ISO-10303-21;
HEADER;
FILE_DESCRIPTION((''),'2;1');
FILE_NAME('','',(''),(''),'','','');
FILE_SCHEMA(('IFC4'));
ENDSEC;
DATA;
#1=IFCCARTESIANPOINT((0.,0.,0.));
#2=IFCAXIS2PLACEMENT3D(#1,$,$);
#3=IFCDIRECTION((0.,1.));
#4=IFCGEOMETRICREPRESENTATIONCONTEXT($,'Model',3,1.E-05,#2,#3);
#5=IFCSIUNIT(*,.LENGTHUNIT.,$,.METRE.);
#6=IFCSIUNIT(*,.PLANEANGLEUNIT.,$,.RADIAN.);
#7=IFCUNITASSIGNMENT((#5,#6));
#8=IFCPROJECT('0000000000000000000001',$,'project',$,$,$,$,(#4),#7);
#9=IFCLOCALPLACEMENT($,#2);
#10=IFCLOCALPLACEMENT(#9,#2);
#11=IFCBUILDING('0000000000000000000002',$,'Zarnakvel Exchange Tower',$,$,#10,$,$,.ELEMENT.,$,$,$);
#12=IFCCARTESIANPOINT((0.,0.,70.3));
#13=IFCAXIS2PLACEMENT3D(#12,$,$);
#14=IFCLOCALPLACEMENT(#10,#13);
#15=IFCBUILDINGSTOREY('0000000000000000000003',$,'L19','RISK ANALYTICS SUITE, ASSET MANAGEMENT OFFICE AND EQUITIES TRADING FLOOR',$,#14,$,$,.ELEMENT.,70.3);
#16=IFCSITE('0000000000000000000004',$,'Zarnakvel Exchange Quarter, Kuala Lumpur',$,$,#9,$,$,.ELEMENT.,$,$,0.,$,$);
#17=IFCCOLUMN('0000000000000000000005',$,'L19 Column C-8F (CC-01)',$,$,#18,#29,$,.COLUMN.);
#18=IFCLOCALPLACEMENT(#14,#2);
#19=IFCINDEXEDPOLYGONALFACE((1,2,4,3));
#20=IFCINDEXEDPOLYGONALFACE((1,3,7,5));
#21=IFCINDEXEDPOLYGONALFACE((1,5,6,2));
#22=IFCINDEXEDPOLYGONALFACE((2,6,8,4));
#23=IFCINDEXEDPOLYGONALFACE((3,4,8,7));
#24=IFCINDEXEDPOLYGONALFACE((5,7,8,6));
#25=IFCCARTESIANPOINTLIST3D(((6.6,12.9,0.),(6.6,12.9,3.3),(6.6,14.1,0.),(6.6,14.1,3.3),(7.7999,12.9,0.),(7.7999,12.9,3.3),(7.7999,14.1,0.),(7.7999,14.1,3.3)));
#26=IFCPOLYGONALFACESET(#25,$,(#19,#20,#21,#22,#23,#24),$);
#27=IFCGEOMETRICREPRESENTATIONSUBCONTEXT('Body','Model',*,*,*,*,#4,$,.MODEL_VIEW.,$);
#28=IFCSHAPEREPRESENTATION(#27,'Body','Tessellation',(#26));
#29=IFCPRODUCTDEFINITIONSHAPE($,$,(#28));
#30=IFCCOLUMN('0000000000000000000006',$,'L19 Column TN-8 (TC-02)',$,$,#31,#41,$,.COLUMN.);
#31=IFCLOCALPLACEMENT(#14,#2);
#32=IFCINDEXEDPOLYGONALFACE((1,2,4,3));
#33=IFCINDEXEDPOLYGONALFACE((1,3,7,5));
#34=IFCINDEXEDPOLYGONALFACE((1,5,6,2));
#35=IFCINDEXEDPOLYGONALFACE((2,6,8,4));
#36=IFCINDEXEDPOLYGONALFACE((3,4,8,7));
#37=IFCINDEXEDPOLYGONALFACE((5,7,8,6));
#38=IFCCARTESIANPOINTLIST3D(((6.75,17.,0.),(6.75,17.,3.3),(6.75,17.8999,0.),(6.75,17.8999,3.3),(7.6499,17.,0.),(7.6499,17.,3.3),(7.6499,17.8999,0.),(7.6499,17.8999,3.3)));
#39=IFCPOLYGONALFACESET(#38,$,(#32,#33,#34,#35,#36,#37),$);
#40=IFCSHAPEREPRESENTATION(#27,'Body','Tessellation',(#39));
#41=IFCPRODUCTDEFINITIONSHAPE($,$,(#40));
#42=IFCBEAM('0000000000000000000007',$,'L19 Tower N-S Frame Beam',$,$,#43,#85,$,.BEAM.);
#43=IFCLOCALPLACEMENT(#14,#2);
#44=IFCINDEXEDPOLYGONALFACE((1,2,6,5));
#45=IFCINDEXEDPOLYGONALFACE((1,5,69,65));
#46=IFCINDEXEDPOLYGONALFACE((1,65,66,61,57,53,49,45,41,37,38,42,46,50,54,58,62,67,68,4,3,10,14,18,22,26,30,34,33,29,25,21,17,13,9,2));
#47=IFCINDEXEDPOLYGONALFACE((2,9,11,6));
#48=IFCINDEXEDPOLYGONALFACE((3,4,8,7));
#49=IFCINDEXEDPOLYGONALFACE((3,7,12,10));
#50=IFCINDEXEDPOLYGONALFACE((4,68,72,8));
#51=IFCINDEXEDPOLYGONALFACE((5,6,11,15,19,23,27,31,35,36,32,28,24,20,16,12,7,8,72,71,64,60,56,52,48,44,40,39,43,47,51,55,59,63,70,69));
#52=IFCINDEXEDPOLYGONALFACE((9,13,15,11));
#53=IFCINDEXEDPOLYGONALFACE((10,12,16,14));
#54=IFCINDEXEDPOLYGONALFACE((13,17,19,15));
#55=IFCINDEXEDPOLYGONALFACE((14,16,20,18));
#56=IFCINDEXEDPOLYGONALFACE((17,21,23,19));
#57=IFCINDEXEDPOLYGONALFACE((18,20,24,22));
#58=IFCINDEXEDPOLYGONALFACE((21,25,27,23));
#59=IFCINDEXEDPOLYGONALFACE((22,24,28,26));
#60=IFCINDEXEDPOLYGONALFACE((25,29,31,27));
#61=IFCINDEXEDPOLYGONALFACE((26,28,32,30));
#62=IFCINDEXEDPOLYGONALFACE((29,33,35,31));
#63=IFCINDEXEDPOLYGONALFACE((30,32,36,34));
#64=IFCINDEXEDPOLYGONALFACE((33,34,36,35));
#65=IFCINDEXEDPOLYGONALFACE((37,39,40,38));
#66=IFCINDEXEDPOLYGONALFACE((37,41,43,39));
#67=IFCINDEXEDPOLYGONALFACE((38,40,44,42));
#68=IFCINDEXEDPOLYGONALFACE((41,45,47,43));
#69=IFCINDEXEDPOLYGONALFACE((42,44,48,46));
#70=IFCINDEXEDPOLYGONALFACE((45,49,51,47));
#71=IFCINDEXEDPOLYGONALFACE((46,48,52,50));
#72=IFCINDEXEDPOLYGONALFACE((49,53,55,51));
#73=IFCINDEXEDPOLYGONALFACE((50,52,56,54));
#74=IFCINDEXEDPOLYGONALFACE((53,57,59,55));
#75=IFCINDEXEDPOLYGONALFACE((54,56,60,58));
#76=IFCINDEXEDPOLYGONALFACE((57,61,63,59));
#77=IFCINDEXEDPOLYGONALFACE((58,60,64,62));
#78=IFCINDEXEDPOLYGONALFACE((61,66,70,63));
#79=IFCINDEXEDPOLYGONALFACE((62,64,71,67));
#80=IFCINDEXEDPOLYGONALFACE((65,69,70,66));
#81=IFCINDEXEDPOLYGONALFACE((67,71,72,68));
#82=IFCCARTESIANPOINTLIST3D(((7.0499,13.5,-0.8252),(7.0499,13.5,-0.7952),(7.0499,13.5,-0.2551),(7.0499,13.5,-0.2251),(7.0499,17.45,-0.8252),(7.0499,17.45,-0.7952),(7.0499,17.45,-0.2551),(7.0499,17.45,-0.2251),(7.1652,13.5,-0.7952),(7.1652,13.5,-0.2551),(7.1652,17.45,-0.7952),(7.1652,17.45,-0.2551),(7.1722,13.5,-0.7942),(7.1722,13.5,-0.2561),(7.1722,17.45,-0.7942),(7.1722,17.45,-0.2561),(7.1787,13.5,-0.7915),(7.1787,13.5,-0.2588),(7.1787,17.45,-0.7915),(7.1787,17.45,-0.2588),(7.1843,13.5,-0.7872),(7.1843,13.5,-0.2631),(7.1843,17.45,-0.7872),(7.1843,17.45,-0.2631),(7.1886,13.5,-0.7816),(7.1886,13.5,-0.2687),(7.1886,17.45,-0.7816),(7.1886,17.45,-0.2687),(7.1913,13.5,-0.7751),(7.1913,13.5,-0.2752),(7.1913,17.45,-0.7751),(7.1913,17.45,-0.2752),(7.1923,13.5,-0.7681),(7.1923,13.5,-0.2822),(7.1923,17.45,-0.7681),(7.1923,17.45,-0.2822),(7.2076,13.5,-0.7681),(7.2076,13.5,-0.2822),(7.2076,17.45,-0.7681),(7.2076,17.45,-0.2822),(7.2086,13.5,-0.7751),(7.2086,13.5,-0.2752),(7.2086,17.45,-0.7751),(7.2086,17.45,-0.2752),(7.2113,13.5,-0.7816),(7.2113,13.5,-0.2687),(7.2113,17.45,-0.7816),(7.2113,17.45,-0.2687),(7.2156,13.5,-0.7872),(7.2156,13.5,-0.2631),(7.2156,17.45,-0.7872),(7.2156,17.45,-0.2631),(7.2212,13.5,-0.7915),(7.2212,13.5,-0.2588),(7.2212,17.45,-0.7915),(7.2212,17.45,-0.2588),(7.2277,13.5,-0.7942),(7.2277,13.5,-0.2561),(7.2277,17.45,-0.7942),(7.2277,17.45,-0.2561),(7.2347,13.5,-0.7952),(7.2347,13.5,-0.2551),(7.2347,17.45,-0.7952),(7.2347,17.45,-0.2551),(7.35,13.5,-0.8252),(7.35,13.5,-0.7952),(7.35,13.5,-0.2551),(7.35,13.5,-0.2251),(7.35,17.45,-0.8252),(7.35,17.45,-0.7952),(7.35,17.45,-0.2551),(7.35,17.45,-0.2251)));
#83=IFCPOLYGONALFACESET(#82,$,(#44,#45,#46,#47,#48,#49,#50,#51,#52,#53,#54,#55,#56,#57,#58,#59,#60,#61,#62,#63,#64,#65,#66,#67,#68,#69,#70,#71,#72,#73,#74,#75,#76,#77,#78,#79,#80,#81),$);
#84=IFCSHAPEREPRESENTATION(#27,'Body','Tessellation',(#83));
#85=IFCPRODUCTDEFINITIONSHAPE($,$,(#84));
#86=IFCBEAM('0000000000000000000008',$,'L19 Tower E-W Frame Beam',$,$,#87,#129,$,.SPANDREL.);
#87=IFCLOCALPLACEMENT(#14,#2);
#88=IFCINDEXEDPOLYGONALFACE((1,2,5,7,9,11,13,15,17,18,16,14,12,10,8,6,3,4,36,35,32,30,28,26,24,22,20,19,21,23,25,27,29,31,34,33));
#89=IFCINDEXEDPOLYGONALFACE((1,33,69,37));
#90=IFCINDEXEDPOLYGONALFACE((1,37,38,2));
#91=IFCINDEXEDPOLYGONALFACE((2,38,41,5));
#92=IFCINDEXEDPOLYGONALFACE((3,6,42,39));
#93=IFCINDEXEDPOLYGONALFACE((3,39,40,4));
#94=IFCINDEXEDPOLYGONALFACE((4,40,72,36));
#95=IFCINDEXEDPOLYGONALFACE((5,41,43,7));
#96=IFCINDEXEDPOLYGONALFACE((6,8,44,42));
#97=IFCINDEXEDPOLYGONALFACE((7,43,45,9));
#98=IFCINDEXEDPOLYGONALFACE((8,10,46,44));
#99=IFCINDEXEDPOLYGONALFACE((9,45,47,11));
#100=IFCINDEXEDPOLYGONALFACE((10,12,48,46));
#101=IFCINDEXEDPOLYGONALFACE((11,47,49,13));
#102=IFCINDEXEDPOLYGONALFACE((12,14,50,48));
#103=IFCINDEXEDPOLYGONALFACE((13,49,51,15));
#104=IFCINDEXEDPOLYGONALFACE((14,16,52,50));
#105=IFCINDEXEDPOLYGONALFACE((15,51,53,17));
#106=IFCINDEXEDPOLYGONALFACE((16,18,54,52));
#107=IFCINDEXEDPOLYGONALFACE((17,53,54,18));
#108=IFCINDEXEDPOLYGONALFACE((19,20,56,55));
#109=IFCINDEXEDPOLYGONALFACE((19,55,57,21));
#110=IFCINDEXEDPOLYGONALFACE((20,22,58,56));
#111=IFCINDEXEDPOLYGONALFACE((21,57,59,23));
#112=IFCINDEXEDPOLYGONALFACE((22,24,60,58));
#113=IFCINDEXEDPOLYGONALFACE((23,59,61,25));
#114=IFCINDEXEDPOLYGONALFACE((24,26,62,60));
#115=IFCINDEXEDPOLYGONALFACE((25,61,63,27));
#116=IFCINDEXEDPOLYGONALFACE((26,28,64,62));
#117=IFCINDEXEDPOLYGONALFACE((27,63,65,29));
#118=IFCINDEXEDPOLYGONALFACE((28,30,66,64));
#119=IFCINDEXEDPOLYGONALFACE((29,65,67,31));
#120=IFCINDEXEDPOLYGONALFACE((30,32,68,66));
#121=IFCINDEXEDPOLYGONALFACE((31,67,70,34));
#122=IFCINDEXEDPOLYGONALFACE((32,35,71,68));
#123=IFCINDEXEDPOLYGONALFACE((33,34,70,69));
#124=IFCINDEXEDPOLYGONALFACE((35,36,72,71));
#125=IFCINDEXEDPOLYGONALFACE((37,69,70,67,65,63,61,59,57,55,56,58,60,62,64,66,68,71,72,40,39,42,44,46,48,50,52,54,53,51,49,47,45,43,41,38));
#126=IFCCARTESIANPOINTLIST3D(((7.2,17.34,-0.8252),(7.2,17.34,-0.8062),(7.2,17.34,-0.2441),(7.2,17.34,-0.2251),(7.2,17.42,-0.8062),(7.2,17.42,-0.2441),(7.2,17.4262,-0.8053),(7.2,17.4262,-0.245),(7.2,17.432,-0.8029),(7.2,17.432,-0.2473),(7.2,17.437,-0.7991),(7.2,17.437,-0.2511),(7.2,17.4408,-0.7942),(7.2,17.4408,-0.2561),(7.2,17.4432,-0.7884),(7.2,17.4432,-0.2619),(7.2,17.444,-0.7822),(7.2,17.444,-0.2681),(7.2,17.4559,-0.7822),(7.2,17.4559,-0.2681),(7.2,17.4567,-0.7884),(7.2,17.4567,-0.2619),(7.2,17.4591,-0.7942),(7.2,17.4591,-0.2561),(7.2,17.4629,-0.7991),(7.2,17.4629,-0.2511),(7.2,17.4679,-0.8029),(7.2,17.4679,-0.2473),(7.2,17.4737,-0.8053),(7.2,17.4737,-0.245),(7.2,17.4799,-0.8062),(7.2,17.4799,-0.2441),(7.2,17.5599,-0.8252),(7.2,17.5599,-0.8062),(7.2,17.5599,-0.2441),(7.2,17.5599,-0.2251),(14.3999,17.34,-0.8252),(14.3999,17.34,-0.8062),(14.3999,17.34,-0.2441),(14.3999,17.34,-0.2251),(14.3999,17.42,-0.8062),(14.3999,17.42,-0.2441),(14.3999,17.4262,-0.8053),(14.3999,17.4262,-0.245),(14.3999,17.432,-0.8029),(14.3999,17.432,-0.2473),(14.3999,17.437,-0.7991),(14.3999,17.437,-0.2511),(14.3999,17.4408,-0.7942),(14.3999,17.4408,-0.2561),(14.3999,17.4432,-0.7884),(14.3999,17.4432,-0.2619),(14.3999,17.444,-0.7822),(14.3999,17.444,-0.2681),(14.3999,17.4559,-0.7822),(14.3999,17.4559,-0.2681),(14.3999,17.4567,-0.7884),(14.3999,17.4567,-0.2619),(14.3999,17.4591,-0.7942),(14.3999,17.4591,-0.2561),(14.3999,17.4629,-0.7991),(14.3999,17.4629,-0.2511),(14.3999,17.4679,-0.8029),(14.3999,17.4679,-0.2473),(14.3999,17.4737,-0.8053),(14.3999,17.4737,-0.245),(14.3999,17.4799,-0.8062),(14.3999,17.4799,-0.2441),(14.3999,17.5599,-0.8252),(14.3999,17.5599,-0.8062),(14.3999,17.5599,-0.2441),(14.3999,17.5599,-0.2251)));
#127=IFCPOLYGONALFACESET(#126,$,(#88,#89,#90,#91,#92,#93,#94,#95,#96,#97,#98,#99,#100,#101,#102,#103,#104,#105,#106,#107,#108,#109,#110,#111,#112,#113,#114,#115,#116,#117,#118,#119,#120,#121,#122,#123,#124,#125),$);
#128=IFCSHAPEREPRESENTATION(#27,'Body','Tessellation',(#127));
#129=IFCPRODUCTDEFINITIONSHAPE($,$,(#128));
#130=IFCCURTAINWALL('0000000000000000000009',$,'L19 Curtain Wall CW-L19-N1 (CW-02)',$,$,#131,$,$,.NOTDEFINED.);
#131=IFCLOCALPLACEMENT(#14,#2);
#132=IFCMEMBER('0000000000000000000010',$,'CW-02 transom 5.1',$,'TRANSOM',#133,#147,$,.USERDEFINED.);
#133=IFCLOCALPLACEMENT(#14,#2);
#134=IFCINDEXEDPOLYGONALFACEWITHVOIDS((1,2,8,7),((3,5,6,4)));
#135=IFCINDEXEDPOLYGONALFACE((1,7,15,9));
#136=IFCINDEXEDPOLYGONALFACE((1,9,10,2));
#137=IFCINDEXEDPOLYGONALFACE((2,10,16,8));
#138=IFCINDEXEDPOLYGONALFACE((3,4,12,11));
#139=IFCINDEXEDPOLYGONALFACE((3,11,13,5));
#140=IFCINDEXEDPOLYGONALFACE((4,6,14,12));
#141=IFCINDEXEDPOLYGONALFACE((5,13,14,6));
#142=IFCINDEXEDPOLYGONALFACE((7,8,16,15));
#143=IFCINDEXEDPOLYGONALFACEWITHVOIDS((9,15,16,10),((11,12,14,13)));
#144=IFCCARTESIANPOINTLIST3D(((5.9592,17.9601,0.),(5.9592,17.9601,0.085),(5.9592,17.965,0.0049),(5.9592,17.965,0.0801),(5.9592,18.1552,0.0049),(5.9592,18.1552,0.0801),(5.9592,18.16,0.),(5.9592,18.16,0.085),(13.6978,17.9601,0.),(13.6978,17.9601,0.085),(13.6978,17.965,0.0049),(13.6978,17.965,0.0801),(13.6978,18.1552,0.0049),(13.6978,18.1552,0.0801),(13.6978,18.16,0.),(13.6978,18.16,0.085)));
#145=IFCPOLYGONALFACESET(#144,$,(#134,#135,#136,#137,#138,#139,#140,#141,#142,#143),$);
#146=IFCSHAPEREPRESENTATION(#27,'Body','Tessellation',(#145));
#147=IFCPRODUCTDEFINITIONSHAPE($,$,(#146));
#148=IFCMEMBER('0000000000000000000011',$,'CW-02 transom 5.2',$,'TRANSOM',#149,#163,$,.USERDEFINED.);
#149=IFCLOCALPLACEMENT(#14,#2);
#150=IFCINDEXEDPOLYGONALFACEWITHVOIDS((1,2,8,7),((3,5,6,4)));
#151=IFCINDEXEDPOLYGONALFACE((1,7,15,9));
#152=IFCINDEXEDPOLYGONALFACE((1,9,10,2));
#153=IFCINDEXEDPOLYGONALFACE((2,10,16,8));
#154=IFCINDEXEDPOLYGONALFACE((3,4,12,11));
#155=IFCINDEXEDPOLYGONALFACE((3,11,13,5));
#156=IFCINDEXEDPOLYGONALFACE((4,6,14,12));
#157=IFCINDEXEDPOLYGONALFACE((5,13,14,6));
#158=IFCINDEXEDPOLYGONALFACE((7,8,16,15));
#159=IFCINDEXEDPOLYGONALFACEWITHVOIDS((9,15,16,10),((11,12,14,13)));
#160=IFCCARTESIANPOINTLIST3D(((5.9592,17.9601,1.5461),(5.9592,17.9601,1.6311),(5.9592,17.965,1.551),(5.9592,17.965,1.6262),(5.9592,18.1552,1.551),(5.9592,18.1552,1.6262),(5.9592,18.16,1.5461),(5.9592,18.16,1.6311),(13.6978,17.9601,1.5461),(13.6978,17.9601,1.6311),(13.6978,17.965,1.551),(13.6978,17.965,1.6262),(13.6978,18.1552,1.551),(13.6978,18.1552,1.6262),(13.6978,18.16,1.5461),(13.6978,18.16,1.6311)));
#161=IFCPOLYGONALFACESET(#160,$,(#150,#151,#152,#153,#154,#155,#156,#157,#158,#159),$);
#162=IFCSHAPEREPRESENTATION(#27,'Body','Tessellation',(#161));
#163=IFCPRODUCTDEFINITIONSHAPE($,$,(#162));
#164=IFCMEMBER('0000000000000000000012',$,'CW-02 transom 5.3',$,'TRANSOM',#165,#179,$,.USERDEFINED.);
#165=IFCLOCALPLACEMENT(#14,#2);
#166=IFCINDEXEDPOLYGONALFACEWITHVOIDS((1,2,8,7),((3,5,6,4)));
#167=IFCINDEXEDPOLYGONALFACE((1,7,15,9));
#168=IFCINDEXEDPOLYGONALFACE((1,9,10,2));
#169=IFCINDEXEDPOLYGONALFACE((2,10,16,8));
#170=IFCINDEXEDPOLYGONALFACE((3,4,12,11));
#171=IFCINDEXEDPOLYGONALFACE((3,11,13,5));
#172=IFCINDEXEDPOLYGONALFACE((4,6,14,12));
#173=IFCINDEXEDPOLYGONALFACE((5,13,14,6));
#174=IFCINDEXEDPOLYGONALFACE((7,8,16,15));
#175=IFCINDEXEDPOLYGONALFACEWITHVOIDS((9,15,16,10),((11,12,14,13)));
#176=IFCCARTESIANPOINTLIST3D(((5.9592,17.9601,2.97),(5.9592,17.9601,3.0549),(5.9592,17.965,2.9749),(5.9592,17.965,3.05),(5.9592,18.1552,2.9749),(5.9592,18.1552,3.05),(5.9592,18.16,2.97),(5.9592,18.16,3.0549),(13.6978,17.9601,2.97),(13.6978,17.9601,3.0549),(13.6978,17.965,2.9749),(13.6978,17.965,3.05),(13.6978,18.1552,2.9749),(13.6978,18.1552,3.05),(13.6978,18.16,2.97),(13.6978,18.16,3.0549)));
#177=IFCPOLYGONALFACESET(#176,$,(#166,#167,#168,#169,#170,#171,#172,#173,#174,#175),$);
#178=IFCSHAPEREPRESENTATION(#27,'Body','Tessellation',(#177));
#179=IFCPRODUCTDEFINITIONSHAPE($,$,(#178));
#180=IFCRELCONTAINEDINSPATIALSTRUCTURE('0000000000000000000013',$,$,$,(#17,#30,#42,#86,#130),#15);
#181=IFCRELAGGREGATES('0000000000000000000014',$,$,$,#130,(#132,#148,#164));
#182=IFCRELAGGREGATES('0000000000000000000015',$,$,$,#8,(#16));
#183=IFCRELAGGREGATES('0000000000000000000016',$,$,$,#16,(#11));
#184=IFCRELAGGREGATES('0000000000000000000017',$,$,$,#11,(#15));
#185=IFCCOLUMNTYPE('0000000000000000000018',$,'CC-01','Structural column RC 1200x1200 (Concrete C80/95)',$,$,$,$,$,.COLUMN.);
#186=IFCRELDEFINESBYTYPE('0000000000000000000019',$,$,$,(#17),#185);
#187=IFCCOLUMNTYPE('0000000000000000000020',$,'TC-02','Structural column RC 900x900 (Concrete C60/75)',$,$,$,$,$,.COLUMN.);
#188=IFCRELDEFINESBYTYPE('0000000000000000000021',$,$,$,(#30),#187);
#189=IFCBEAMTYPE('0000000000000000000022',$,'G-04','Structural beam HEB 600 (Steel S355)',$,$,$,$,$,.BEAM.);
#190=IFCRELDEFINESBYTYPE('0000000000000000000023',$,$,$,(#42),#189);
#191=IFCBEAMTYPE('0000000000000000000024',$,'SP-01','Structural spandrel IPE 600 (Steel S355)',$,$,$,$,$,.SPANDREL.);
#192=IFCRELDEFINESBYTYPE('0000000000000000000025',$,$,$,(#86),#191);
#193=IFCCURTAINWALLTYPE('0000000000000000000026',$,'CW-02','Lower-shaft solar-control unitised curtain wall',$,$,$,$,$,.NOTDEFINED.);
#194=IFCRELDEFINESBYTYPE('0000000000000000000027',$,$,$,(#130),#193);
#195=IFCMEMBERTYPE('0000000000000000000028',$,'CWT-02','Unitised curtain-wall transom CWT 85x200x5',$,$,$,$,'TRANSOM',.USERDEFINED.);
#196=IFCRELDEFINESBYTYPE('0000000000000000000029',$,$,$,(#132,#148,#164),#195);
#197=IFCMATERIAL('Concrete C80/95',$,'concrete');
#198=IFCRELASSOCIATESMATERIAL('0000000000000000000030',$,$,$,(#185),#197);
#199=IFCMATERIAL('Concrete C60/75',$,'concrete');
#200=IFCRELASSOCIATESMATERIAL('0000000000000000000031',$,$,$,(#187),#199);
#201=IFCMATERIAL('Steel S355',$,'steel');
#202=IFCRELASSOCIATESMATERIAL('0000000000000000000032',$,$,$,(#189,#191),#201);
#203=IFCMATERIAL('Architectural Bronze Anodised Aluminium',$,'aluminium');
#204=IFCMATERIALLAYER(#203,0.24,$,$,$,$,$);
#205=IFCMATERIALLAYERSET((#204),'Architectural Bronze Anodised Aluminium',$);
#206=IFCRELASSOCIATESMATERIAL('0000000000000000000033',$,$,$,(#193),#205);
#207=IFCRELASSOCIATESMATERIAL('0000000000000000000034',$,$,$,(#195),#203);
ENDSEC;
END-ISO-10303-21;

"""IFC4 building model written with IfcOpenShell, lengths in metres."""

from ifc_helpers import new_model, si_unit, direction, frame, origin, origin_2d, place, context, subcontext, project, spatial, rectangle, hollow_rectangle, i_section, extrude, source, transform, mapped, material, layer, layer_set, material_profile, profile_set, type_object, element, aggregate, save


model = new_model("IFC4")

# Units and contexts
model_context = context("Model", 3, precision=1e-05, world=origin(), true_north=direction((0.0, 1.0)))
body_context = subcontext(model_context, "Body", "Model", "MODEL_VIEW")
ifc_project = project(units=[si_unit("LENGTHUNIT", "METRE"), si_unit("PLANEANGLEUNIT", "RADIAN")], contexts=[model_context])

# Site, building, storey
site_placement = place(None, origin())
site = spatial("IfcSite", under=ifc_project, at=site_placement, Name="Zarnakvel Exchange Quarter, Kuala Lumpur", CompositionType="ELEMENT", RefElevation=0.0)
building_placement = place(site_placement, origin())
building = spatial("IfcBuilding", under=site, at=building_placement, Name="Zarnakvel Exchange Tower", CompositionType="ELEMENT")
storey_placement = place(building_placement, frame((0.0, 0.0, 70.3)))
storey = spatial("IfcBuildingStorey", under=building, at=storey_placement, Name="L19", Description="RISK ANALYTICS SUITE, ASSET MANAGEMENT OFFICE AND EQUITIES TRADING FLOOR", CompositionType="ELEMENT", Elevation=70.3)

# Columns
ifc_material_1 = material(Name="Concrete C80/95", Category="concrete")
ifc_material_profile_1 = material_profile(ifc_material_1, rectangle(XDim=1.2, YDim=1.2, at=origin_2d()))
ifc_profile_set_1 = profile_set([ifc_material_profile_1], Name="Concrete C80/95")
column_type_1 = type_object("IfcColumnType", Name="CC-01", Description="Structural column RC 1200x1200 (Concrete C80/95)", PredefinedType="COLUMN", material=ifc_profile_set_1)
column_1_placement = place(storey_placement, frame((7.2, 13.5, 0.0), z_axis=(0.0, 0.0, 1.0), x_axis=(1.0, 0.0, 0.0)))
element("IfcColumn", 1, at=column_1_placement, inside=storey, type_object=column_type_1, Name="L19 Column C-8F (CC-01)", PredefinedType="COLUMN", context=body_context, shape_type="SweptSolid", body=[
    extrude(rectangle(XDim=1.2, YDim=1.2, at=origin_2d()), origin(), (0.0, 0.0, 1.0), 3.3),
])
ifc_material_2 = material(Name="Concrete C60/75", Category="concrete")
ifc_material_profile_2 = material_profile(ifc_material_2, rectangle(XDim=0.8999, YDim=0.8999, at=origin_2d()))
ifc_profile_set_2 = profile_set([ifc_material_profile_2], Name="Concrete C60/75")
column_type_2 = type_object("IfcColumnType", Name="TC-02", Description="Structural column RC 900x900 (Concrete C60/75)", PredefinedType="COLUMN", material=ifc_profile_set_2)
column_2_placement = place(storey_placement, frame((7.2, 17.45, 0.0), z_axis=(0.0, 0.0, 1.0), x_axis=(1.0, 0.0, 0.0)))
element("IfcColumn", 2, at=column_2_placement, inside=storey, type_object=column_type_2, Name="L19 Column TN-8 (TC-02)", PredefinedType="COLUMN", context=body_context, shape_type="SweptSolid", body=[
    extrude(rectangle(XDim=0.8999, YDim=0.8999, at=origin_2d()), origin(), (0.0, 0.0, 1.0), 3.3),
])

# Beams
ifc_material_3 = material(Name="Steel S355", Category="steel")
ifc_material_profile_3 = material_profile(ifc_material_3, i_section(OverallWidth=0.3, OverallDepth=0.6001, WebThickness=0.0154, FlangeThickness=0.03, FilletRadius=0.0271, at=origin_2d()))
ifc_profile_set_3 = profile_set([ifc_material_profile_3], Name="Steel S355")
beam_type_1 = type_object("IfcBeamType", Name="G-04", Description="Structural beam HEB 600 (Steel S355)", PredefinedType="BEAM", material=ifc_profile_set_3)
beam_1_placement = place(storey_placement, frame((7.2, 13.5, -0.5251), z_axis=(0.0, 1.0, 0.0), x_axis=(-1.0, 0.0, 0.0)))
element("IfcBeam", 3, at=beam_1_placement, inside=storey, type_object=beam_type_1, Name="L19 Tower N-S Frame Beam", PredefinedType="BEAM", context=body_context, shape_type="SweptSolid", body=[
    extrude(i_section(OverallWidth=0.3, OverallDepth=0.6001, WebThickness=0.0154, FlangeThickness=0.03, FilletRadius=0.0271, at=origin_2d()), origin(), (0.0, 0.0, 1.0), 3.95),
])
ifc_material_profile_4 = material_profile(ifc_material_3, i_section(OverallWidth=0.22, OverallDepth=0.6001, WebThickness=0.012, FlangeThickness=0.019, FilletRadius=0.0239, at=origin_2d()))
ifc_profile_set_4 = profile_set([ifc_material_profile_4], Name="Steel S355")
beam_type_2 = type_object("IfcBeamType", Name="SP-01", Description="Structural spandrel IPE 600 (Steel S355)", PredefinedType="SPANDREL", material=ifc_profile_set_4)
beam_2_placement = place(storey_placement, frame((7.2, 17.45, -0.5251), z_axis=(1.0, 0.0, 0.0), x_axis=(0.0, 1.0, 0.0)))
element("IfcBeam", 4, at=beam_2_placement, inside=storey, type_object=beam_type_2, Name="L19 Tower E-W Frame Beam", PredefinedType="SPANDREL", context=body_context, shape_type="SweptSolid", body=[
    extrude(i_section(OverallWidth=0.22, OverallDepth=0.6001, WebThickness=0.012, FlangeThickness=0.019, FilletRadius=0.0239, at=origin_2d()), origin(), (0.0, 0.0, 1.0), 7.2),
])

# Curtain wall, members
ifc_material_4 = material(Name="Architectural Bronze Anodised Aluminium", Category="aluminium")
ifc_layer_1 = layer(ifc_material_4, 0.24)
ifc_layer_set_1 = layer_set([ifc_layer_1], Name="Architectural Bronze Anodised Aluminium")
curtain_wall_type = type_object("IfcCurtainWallType", Name="CW-02", Description="Lower-shaft solar-control unitised curtain wall", PredefinedType="NOTDEFINED", material=ifc_layer_set_1)
curtain_wall_placement = place(storey_placement, origin())
curtain_wall = element("IfcCurtainWall", 5, at=curtain_wall_placement, inside=storey, type_object=curtain_wall_type, Name="L19 Curtain Wall CW-L19-N1 (CW-02)", PredefinedType="NOTDEFINED")
ifc_material_profile_5 = material_profile(ifc_material_4, hollow_rectangle(XDim=0.2, YDim=0.085, WallThickness=0.0049, at=origin_2d()))
ifc_profile_set_5 = profile_set([ifc_material_profile_5], Name="Architectural Bronze Anodised Aluminium")
member_type_1 = type_object("IfcMemberType", Name="CWT-02", Description="Unitised curtain-wall transom CWT 85x200x5", ElementType="TRANSOM", PredefinedType="USERDEFINED", material=ifc_profile_set_5)
shared_shape_1 = source(origin(), body_context, "Body", "SweptSolid", [
    extrude(hollow_rectangle(XDim=0.2, YDim=0.085, WallThickness=0.0049, at=origin_2d()), origin(), (0.0, 0.0, 1.0), 7.7385),
])
member_1_placement = place(storey_placement, frame((5.9592, 18.0601, 0.0425), z_axis=(1.0, 0.0, 0.0), x_axis=(0.0, 1.0, 0.0)))
member_1 = element("IfcMember", 6, at=member_1_placement, type_object=member_type_1, Name="CW-02 transom 5.1", ObjectType="TRANSOM", PredefinedType="USERDEFINED", context=body_context, shape_type="MappedRepresentation", body=[
    mapped(shared_shape_1, transform((0.0, 0.0, 0.0), x_axis=(1.0, 0.0, 0.0), y_axis=(0.0, 1.0, 0.0), z_axis=(0.0, 0.0, 1.0), scale=1.0)),
])
member_2_placement = place(storey_placement, frame((5.9592, 18.0601, 1.5886), z_axis=(1.0, 0.0, 0.0), x_axis=(0.0, 1.0, 0.0)))
member_2 = element("IfcMember", 7, at=member_2_placement, type_object=member_type_1, Name="CW-02 transom 5.2", ObjectType="TRANSOM", PredefinedType="USERDEFINED", context=body_context, shape_type="MappedRepresentation", body=[
    mapped(shared_shape_1, transform((0.0, 0.0, 0.0), x_axis=(1.0, 0.0, 0.0), y_axis=(0.0, 1.0, 0.0), z_axis=(0.0, 0.0, 1.0), scale=1.0)),
])
member_3_placement = place(storey_placement, frame((5.9592, 18.0601, 3.0125), z_axis=(1.0, 0.0, 0.0), x_axis=(0.0, 1.0, 0.0)))
member_3 = element("IfcMember", 8, at=member_3_placement, type_object=member_type_1, Name="CW-02 transom 5.3", ObjectType="TRANSOM", PredefinedType="USERDEFINED", context=body_context, shape_type="MappedRepresentation", body=[
    mapped(shared_shape_1, transform((0.0, 0.0, 0.0), x_axis=(1.0, 0.0, 0.0), y_axis=(0.0, 1.0, 0.0), z_axis=(0.0, 0.0, 1.0), scale=1.0)),
])
aggregate(curtain_wall, [member_1, member_2, member_3])

save(model, "model.ifc")
